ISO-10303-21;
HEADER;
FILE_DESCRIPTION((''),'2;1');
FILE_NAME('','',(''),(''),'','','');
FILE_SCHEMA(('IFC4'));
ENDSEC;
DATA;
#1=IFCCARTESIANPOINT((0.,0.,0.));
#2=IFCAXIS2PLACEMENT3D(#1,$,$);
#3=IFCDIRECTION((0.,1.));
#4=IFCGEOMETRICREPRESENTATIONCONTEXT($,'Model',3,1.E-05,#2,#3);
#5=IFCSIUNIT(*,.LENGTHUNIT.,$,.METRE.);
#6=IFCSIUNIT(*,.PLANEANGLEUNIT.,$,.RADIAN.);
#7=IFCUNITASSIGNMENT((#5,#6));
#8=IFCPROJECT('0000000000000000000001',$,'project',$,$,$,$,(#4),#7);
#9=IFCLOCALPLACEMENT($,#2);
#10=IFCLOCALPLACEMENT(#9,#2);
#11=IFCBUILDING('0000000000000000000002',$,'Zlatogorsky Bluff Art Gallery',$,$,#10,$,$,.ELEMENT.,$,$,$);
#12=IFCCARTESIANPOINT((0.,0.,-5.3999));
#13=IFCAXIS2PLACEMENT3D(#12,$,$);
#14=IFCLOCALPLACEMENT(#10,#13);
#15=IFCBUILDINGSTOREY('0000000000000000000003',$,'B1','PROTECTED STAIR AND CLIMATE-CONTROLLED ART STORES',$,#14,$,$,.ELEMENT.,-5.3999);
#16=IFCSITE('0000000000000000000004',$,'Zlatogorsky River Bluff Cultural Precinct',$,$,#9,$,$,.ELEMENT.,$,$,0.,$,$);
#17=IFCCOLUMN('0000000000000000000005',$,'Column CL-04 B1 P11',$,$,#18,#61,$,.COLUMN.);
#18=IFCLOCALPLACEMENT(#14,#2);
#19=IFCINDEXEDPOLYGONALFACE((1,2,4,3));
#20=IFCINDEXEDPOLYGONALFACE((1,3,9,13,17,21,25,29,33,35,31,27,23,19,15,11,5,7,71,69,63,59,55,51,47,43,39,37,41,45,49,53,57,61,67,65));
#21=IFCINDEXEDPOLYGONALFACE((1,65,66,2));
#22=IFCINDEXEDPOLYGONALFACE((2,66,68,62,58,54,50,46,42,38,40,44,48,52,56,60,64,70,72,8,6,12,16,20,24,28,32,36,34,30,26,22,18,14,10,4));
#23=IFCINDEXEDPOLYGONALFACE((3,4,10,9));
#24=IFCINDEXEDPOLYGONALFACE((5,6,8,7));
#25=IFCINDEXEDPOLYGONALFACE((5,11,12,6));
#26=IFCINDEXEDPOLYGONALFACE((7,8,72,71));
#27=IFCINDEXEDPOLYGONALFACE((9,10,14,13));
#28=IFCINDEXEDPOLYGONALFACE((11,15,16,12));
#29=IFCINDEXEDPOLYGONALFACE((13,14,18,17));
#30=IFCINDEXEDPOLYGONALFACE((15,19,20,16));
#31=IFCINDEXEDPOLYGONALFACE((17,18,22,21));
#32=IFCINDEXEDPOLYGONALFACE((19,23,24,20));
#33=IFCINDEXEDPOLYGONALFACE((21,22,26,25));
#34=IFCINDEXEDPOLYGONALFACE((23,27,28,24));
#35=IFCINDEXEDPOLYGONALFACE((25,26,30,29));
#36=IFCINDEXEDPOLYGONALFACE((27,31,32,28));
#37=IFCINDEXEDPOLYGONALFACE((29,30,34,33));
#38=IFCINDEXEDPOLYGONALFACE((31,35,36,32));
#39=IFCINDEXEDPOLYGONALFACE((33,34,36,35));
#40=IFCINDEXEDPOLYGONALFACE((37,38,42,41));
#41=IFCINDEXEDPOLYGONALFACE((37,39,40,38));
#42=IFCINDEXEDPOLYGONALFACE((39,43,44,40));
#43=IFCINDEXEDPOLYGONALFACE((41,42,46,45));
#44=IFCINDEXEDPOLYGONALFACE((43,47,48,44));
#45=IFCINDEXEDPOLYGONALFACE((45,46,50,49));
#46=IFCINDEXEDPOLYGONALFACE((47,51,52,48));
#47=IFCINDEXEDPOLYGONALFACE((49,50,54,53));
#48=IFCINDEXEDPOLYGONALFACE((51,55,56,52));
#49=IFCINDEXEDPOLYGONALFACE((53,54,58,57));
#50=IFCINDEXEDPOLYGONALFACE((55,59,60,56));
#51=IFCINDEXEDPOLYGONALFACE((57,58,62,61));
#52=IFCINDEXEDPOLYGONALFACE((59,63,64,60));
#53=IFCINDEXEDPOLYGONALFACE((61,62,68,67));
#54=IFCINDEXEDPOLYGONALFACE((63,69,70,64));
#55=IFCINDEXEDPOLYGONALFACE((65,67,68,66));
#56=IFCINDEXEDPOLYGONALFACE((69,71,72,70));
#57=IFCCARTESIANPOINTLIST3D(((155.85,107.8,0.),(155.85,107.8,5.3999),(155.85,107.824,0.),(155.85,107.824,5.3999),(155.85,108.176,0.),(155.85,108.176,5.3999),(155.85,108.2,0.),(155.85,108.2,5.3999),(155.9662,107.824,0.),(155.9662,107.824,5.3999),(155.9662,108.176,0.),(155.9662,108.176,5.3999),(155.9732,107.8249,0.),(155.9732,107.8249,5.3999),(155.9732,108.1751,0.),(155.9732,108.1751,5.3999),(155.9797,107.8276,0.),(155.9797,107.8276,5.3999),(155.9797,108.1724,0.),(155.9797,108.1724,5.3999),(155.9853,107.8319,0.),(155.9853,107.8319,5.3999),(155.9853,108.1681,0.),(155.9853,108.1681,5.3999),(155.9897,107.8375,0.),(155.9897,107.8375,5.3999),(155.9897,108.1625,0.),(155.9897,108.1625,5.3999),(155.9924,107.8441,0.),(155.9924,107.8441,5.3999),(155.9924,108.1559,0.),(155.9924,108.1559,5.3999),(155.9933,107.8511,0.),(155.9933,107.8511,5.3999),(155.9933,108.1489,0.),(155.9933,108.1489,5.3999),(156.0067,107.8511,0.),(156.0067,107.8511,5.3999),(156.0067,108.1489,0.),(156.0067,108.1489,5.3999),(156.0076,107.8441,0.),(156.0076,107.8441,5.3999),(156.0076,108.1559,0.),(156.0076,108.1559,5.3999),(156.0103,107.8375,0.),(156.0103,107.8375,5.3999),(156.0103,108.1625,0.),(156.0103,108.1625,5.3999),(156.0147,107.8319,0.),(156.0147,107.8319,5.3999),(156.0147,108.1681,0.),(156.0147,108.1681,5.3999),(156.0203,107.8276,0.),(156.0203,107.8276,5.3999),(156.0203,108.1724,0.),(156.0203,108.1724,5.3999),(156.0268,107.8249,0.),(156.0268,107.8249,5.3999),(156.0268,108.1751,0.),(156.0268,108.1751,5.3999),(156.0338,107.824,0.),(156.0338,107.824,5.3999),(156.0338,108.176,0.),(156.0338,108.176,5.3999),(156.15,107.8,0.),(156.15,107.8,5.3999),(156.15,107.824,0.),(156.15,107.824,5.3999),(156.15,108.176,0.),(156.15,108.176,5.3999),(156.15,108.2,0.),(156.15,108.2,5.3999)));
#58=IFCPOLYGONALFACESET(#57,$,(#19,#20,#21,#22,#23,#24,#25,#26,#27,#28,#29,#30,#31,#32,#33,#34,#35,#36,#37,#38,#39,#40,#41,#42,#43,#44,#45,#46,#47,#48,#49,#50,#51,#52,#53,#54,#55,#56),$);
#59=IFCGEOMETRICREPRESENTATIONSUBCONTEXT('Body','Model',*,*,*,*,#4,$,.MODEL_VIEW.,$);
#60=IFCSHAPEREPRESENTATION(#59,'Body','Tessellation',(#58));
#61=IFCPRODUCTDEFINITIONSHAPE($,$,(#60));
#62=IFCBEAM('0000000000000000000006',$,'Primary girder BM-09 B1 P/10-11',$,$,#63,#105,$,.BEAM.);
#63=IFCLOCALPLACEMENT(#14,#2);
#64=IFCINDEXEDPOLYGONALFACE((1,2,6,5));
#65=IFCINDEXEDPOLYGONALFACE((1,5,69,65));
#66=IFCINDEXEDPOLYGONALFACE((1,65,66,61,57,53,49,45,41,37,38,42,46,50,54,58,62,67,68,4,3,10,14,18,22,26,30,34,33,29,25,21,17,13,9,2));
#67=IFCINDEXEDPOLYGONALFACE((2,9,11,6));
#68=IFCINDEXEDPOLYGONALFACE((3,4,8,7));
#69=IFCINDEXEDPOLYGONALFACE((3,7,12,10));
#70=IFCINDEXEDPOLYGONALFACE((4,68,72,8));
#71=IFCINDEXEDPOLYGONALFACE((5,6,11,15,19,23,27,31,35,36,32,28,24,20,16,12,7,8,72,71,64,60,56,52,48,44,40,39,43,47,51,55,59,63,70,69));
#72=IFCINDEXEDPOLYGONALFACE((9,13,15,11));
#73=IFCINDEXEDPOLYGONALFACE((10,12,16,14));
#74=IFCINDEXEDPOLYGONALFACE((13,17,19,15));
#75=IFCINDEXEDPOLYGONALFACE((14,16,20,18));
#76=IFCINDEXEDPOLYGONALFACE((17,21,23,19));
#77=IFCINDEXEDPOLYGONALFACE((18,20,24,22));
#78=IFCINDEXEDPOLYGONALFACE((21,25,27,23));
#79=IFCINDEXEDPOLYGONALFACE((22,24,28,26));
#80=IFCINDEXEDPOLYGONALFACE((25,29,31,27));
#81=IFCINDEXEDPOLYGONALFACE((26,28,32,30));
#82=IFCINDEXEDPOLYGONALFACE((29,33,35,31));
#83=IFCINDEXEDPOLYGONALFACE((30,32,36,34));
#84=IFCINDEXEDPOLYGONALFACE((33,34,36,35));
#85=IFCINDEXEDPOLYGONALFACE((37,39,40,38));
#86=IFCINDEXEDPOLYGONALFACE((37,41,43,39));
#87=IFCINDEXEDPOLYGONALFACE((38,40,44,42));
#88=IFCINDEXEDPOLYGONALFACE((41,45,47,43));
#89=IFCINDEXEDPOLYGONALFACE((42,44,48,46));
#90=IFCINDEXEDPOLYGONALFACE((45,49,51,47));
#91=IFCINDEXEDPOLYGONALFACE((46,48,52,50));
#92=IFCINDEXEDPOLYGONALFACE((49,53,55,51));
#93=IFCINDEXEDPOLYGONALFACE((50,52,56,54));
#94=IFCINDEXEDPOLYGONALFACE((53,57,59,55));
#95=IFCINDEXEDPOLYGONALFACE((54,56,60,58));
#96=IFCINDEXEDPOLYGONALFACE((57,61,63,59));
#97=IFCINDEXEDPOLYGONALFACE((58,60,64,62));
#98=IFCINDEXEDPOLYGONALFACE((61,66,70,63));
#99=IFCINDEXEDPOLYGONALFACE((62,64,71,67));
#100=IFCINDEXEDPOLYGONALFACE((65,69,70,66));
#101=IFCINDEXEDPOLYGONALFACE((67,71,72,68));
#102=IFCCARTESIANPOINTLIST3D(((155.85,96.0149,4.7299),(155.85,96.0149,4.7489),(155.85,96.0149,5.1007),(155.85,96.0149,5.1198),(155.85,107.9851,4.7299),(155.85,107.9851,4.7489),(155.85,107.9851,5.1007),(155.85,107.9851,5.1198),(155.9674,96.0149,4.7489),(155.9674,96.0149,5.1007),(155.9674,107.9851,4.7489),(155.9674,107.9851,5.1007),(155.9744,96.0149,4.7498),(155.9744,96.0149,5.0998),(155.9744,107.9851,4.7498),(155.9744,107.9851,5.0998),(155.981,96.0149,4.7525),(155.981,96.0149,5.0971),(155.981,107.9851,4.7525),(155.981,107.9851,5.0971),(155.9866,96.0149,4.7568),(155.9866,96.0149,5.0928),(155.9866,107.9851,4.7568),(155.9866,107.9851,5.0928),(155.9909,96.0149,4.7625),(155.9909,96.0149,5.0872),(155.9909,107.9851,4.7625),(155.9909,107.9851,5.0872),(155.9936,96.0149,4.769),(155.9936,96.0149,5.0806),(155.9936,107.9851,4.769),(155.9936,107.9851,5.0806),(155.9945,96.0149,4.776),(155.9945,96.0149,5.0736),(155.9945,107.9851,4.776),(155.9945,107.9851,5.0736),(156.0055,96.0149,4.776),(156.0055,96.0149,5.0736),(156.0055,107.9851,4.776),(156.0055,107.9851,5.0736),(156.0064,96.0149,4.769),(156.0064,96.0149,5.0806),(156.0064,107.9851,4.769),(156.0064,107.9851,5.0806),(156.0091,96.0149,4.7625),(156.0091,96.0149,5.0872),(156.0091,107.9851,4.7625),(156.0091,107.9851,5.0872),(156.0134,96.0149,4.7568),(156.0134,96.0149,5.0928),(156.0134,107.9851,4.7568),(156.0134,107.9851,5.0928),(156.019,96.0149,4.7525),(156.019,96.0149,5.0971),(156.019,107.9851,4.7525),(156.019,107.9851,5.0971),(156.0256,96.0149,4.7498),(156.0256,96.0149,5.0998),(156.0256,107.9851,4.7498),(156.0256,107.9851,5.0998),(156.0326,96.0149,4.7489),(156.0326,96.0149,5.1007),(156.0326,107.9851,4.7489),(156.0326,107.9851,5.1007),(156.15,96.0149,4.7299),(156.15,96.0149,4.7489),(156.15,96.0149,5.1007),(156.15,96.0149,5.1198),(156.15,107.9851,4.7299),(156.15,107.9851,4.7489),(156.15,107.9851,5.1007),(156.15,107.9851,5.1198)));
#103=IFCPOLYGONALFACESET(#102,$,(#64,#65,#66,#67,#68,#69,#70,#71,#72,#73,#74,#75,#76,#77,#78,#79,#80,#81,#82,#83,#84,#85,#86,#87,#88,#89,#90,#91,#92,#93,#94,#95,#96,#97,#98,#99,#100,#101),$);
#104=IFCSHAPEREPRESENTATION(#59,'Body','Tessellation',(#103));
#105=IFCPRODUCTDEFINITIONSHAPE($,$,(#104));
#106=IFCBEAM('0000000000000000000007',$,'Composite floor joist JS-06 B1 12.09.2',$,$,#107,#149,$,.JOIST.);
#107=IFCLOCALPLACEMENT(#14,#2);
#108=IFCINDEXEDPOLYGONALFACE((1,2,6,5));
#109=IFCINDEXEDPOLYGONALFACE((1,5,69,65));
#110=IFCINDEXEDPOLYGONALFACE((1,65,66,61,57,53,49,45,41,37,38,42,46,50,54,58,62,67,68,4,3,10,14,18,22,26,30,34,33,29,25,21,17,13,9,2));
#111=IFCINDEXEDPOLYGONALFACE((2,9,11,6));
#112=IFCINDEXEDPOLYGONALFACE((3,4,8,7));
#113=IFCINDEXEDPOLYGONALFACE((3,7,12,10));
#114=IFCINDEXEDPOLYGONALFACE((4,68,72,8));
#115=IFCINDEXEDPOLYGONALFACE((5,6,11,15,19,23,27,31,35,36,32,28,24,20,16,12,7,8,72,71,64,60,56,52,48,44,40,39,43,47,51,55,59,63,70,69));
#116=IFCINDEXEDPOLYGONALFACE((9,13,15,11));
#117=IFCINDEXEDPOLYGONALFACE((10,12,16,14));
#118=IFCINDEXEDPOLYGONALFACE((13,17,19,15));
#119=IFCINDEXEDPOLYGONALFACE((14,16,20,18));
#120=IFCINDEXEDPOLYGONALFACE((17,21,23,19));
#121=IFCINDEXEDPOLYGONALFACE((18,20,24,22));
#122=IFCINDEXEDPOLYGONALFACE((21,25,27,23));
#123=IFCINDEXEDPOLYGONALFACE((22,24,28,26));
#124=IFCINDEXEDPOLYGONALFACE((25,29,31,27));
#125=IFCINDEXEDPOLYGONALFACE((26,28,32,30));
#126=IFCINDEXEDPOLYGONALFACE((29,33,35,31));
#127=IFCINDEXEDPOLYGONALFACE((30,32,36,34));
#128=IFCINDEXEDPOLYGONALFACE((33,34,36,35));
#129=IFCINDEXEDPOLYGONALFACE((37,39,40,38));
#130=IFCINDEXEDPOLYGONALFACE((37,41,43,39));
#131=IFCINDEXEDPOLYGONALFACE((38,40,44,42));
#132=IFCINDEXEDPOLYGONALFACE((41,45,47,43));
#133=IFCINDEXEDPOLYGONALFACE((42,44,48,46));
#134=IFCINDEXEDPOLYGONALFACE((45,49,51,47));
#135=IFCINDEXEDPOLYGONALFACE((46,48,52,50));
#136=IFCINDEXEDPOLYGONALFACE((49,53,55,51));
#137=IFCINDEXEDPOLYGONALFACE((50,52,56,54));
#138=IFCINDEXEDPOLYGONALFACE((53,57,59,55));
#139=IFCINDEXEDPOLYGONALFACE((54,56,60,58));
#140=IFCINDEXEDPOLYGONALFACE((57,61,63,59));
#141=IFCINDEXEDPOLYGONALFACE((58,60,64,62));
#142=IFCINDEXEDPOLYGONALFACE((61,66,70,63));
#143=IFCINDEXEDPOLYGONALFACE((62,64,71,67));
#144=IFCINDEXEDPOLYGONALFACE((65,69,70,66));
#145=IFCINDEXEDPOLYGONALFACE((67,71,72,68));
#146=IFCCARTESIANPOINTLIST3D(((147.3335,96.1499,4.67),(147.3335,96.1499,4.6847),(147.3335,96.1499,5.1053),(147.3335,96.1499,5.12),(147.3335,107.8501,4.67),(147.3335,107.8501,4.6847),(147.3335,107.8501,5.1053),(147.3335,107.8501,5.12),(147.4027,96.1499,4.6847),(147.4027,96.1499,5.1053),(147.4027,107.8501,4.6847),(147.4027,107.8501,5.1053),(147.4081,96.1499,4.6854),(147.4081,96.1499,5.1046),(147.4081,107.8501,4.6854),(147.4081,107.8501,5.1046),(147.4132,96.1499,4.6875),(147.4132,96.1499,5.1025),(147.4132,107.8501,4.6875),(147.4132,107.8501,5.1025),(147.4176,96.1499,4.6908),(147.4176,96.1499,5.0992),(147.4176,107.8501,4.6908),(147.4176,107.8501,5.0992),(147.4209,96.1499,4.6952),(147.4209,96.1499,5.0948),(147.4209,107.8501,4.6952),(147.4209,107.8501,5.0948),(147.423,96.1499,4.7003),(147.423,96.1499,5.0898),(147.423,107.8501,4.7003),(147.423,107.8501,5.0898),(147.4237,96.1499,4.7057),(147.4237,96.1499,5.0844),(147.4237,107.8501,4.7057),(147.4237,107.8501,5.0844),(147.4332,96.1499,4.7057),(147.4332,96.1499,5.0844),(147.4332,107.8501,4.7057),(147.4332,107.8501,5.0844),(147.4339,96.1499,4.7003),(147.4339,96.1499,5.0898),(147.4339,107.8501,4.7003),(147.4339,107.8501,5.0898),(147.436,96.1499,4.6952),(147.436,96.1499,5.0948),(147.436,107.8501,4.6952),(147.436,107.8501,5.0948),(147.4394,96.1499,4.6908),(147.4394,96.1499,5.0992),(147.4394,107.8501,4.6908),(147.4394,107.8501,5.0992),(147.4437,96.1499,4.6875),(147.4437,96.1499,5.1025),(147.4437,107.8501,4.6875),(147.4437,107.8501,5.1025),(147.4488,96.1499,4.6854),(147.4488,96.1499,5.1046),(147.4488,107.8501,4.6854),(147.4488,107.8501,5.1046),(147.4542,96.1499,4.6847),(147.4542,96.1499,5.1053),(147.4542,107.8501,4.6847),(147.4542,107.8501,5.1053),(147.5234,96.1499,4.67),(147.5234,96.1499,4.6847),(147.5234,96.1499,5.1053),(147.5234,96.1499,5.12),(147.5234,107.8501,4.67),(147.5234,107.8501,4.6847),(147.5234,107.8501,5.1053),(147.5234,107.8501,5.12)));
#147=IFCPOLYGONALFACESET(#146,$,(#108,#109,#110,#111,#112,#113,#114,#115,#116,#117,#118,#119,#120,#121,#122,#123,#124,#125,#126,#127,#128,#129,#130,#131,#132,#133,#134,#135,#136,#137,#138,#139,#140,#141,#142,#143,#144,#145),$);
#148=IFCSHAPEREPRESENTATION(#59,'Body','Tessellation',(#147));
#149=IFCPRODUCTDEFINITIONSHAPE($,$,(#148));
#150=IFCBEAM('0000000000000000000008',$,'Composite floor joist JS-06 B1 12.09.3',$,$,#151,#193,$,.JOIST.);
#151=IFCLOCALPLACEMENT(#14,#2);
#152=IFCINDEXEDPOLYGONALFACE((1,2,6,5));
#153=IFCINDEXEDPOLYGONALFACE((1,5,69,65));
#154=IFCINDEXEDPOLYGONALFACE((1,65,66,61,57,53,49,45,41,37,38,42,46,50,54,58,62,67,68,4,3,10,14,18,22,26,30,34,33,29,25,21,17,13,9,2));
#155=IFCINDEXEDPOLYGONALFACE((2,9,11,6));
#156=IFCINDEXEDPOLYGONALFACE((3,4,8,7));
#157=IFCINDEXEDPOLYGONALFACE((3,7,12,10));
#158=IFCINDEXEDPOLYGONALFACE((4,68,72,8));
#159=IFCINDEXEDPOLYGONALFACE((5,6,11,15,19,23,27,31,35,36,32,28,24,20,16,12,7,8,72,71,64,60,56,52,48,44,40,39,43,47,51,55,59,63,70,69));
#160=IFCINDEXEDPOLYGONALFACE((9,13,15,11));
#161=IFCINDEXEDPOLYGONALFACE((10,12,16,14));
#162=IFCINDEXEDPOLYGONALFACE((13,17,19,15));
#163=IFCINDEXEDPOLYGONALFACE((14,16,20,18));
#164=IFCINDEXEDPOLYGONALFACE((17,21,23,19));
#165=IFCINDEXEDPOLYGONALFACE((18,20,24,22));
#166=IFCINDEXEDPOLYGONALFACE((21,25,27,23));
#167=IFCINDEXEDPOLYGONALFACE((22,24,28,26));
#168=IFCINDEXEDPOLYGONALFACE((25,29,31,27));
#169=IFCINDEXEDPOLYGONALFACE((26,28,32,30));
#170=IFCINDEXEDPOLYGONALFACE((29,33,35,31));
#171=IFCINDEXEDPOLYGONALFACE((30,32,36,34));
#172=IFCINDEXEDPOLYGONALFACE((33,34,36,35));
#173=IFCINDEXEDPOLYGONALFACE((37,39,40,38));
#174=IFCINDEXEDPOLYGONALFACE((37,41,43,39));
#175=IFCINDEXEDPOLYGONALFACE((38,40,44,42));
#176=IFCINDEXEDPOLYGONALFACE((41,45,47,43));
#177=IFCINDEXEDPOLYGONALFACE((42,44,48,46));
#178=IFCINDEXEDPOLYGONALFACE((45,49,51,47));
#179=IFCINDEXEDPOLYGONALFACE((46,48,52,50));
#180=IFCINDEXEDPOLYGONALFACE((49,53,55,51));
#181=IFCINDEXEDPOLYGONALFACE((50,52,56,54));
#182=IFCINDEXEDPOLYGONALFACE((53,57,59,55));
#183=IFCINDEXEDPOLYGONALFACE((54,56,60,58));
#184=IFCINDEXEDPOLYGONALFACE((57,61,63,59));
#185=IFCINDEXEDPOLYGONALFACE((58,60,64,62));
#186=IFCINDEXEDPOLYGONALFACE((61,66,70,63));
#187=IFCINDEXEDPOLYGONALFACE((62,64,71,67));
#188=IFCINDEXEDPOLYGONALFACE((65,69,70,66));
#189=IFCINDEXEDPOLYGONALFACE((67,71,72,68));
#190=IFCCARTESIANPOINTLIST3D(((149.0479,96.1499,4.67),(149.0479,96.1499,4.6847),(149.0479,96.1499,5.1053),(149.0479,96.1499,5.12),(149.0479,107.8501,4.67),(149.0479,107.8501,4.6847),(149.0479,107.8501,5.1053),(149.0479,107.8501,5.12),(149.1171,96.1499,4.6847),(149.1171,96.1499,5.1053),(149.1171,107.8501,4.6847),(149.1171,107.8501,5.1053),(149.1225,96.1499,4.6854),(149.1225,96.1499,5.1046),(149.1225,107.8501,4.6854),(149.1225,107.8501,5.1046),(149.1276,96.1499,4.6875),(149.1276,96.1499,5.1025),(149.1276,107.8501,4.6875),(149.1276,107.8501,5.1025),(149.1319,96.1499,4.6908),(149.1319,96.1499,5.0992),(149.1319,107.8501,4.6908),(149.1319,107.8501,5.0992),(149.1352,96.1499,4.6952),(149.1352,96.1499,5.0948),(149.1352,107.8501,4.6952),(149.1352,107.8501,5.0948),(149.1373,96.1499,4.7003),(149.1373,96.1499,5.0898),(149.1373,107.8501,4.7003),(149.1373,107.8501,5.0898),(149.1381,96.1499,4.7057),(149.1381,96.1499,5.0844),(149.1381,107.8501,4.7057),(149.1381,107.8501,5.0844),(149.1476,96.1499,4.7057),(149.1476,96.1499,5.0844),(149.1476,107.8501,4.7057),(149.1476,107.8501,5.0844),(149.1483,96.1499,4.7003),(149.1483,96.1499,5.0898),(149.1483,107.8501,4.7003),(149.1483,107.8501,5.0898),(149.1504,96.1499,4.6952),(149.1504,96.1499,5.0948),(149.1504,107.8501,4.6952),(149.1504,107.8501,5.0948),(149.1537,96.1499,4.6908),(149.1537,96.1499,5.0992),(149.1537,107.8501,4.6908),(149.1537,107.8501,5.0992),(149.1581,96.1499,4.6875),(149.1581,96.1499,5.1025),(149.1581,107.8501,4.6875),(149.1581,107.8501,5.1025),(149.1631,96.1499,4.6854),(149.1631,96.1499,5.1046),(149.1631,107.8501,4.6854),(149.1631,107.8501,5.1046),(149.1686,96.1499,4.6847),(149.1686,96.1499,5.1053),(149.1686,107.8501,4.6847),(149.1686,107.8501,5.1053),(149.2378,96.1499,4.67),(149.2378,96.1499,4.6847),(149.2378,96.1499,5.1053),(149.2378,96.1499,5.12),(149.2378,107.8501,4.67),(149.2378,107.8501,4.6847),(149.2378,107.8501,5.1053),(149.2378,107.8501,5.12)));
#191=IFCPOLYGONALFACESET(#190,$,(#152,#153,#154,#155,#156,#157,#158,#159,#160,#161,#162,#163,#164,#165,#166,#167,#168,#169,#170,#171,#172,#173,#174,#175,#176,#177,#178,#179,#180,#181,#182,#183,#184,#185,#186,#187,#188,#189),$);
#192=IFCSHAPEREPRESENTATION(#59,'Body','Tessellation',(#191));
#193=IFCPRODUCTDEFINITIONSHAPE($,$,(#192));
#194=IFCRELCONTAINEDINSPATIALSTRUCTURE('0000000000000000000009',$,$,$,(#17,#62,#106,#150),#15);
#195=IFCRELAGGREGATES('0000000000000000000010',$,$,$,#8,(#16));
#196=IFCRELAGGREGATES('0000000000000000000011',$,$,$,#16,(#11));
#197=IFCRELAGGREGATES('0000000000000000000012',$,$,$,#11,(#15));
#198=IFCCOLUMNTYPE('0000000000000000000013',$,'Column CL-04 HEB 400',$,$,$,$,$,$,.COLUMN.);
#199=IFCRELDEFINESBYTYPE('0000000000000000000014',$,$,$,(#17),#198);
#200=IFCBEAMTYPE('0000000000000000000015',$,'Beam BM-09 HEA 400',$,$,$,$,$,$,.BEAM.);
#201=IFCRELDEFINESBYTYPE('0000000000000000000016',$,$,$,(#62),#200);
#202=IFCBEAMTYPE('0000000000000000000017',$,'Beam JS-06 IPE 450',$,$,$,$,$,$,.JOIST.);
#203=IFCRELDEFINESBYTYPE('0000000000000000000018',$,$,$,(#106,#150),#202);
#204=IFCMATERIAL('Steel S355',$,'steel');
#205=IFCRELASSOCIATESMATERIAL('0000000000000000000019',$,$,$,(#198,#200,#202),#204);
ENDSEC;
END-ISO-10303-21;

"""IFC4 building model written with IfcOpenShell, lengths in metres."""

from ifc_helpers import new_model, si_unit, direction, frame, origin, origin_2d, place, context, subcontext, project, spatial, i_section, extrude, material, material_profile, profile_set, type_object, element, save


model = new_model("IFC4")

# Units and contexts
model_context = context("Model", 3, precision=1e-05, world=origin(), true_north=direction((0.0, 1.0)))
body_context = subcontext(model_context, "Body", "Model", "MODEL_VIEW")
ifc_project = project(units=[si_unit("LENGTHUNIT", "METRE"), si_unit("PLANEANGLEUNIT", "RADIAN")], contexts=[model_context])

# Site, building, storey
site_placement = place(None, origin())
site = spatial("IfcSite", under=ifc_project, at=site_placement, Name="Zlatogorsky River Bluff Cultural Precinct", CompositionType="ELEMENT", RefElevation=0.0)
building_placement = place(site_placement, origin())
building = spatial("IfcBuilding", under=site, at=building_placement, Name="Zlatogorsky Bluff Art Gallery", CompositionType="ELEMENT")
storey_placement = place(building_placement, frame((0.0, 0.0, -5.3999)))
storey = spatial("IfcBuildingStorey", under=building, at=storey_placement, Name="B1", Description="PROTECTED STAIR AND CLIMATE-CONTROLLED ART STORES", CompositionType="ELEMENT", Elevation=-5.3999)

# Column
ifc_material_1 = material(Name="Steel S355", Category="steel")
ifc_material_profile_1 = material_profile(ifc_material_1, i_section(OverallWidth=0.3, OverallDepth=0.3999, WebThickness=0.0134, FlangeThickness=0.0239, FilletRadius=0.0271, at=origin_2d()), Name="HEB 400")
ifc_profile_set_1 = profile_set([ifc_material_profile_1], Name="Steel S355")
column_type = type_object("IfcColumnType", Name="Column CL-04 HEB 400", PredefinedType="COLUMN", material=ifc_profile_set_1)
for number, where, z_axis, x_axis, name in (
    (1, (156.0, 108.0, 0.0), (0.0, 0.0, 1.0), (1.0, 0.0, 0.0), "Column CL-04 B1 P11"),
):
    element("IfcColumn", number, at=place(storey_placement, frame(where, z_axis=z_axis, x_axis=x_axis)), inside=storey, type_object=column_type, Name=name, PredefinedType="COLUMN", context=body_context, shape_type="SweptSolid", body=[
        extrude(i_section(OverallWidth=0.3, OverallDepth=0.3999, WebThickness=0.0134, FlangeThickness=0.0239, FilletRadius=0.0271, at=origin_2d()), origin(), (0.0, 0.0, 1.0), 5.3999),
    ])

# Beams
ifc_material_profile_2 = material_profile(ifc_material_1, i_section(OverallWidth=0.3, OverallDepth=0.3899, WebThickness=0.011, FlangeThickness=0.019, FilletRadius=0.0271, at=origin_2d()), Name="HEA 400")
ifc_profile_set_2 = profile_set([ifc_material_profile_2], Name="Steel S355")
beam_type_1 = type_object("IfcBeamType", Name="Beam BM-09 HEA 400", PredefinedType="BEAM", material=ifc_profile_set_2)
beam_placement = place(storey_placement, frame((156.0, 96.0149, 4.9248), z_axis=(0.0, 1.0, 0.0), x_axis=(-1.0, 0.0, 0.0)))
element("IfcBeam", 2, at=beam_placement, inside=storey, type_object=beam_type_1, Name="Primary girder BM-09 B1 P/10-11", PredefinedType="BEAM", context=body_context, shape_type="SweptSolid", body=[
    extrude(i_section(OverallWidth=0.3, OverallDepth=0.3899, WebThickness=0.011, FlangeThickness=0.019, FilletRadius=0.0271, at=origin_2d()), origin(), (0.0, 0.0, 1.0), 11.9702),
])
ifc_material_profile_3 = material_profile(ifc_material_1, i_section(OverallWidth=0.1899, OverallDepth=0.45, WebThickness=0.0095, FlangeThickness=0.0146, FilletRadius=0.021, at=origin_2d()), Name="IPE 450")
ifc_profile_set_3 = profile_set([ifc_material_profile_3], Name="Steel S355")
beam_type_2 = type_object("IfcBeamType", Name="Beam JS-06 IPE 450", PredefinedType="JOIST", material=ifc_profile_set_3)
for number, where, z_axis, x_axis, name in (
    (3, (147.4285, 96.1499, 4.895), (0.0, 1.0, 0.0), (-1.0, 0.0, 0.0), "Composite floor joist JS-06 B1 12.09.2"),
    (4, (149.1428, 96.1499, 4.895), (0.0, 1.0, 0.0), (-1.0, 0.0, 0.0), "Composite floor joist JS-06 B1 12.09.3"),
):
    element("IfcBeam", number, at=place(storey_placement, frame(where, z_axis=z_axis, x_axis=x_axis)), inside=storey, type_object=beam_type_2, Name=name, PredefinedType="JOIST", context=body_context, shape_type="SweptSolid", body=[
        extrude(i_section(OverallWidth=0.1899, OverallDepth=0.45, WebThickness=0.0095, FlangeThickness=0.0146, FilletRadius=0.021, at=origin_2d()), origin(), (0.0, 0.0, 1.0), 11.7002),
    ])

save(model, "model.ifc")
